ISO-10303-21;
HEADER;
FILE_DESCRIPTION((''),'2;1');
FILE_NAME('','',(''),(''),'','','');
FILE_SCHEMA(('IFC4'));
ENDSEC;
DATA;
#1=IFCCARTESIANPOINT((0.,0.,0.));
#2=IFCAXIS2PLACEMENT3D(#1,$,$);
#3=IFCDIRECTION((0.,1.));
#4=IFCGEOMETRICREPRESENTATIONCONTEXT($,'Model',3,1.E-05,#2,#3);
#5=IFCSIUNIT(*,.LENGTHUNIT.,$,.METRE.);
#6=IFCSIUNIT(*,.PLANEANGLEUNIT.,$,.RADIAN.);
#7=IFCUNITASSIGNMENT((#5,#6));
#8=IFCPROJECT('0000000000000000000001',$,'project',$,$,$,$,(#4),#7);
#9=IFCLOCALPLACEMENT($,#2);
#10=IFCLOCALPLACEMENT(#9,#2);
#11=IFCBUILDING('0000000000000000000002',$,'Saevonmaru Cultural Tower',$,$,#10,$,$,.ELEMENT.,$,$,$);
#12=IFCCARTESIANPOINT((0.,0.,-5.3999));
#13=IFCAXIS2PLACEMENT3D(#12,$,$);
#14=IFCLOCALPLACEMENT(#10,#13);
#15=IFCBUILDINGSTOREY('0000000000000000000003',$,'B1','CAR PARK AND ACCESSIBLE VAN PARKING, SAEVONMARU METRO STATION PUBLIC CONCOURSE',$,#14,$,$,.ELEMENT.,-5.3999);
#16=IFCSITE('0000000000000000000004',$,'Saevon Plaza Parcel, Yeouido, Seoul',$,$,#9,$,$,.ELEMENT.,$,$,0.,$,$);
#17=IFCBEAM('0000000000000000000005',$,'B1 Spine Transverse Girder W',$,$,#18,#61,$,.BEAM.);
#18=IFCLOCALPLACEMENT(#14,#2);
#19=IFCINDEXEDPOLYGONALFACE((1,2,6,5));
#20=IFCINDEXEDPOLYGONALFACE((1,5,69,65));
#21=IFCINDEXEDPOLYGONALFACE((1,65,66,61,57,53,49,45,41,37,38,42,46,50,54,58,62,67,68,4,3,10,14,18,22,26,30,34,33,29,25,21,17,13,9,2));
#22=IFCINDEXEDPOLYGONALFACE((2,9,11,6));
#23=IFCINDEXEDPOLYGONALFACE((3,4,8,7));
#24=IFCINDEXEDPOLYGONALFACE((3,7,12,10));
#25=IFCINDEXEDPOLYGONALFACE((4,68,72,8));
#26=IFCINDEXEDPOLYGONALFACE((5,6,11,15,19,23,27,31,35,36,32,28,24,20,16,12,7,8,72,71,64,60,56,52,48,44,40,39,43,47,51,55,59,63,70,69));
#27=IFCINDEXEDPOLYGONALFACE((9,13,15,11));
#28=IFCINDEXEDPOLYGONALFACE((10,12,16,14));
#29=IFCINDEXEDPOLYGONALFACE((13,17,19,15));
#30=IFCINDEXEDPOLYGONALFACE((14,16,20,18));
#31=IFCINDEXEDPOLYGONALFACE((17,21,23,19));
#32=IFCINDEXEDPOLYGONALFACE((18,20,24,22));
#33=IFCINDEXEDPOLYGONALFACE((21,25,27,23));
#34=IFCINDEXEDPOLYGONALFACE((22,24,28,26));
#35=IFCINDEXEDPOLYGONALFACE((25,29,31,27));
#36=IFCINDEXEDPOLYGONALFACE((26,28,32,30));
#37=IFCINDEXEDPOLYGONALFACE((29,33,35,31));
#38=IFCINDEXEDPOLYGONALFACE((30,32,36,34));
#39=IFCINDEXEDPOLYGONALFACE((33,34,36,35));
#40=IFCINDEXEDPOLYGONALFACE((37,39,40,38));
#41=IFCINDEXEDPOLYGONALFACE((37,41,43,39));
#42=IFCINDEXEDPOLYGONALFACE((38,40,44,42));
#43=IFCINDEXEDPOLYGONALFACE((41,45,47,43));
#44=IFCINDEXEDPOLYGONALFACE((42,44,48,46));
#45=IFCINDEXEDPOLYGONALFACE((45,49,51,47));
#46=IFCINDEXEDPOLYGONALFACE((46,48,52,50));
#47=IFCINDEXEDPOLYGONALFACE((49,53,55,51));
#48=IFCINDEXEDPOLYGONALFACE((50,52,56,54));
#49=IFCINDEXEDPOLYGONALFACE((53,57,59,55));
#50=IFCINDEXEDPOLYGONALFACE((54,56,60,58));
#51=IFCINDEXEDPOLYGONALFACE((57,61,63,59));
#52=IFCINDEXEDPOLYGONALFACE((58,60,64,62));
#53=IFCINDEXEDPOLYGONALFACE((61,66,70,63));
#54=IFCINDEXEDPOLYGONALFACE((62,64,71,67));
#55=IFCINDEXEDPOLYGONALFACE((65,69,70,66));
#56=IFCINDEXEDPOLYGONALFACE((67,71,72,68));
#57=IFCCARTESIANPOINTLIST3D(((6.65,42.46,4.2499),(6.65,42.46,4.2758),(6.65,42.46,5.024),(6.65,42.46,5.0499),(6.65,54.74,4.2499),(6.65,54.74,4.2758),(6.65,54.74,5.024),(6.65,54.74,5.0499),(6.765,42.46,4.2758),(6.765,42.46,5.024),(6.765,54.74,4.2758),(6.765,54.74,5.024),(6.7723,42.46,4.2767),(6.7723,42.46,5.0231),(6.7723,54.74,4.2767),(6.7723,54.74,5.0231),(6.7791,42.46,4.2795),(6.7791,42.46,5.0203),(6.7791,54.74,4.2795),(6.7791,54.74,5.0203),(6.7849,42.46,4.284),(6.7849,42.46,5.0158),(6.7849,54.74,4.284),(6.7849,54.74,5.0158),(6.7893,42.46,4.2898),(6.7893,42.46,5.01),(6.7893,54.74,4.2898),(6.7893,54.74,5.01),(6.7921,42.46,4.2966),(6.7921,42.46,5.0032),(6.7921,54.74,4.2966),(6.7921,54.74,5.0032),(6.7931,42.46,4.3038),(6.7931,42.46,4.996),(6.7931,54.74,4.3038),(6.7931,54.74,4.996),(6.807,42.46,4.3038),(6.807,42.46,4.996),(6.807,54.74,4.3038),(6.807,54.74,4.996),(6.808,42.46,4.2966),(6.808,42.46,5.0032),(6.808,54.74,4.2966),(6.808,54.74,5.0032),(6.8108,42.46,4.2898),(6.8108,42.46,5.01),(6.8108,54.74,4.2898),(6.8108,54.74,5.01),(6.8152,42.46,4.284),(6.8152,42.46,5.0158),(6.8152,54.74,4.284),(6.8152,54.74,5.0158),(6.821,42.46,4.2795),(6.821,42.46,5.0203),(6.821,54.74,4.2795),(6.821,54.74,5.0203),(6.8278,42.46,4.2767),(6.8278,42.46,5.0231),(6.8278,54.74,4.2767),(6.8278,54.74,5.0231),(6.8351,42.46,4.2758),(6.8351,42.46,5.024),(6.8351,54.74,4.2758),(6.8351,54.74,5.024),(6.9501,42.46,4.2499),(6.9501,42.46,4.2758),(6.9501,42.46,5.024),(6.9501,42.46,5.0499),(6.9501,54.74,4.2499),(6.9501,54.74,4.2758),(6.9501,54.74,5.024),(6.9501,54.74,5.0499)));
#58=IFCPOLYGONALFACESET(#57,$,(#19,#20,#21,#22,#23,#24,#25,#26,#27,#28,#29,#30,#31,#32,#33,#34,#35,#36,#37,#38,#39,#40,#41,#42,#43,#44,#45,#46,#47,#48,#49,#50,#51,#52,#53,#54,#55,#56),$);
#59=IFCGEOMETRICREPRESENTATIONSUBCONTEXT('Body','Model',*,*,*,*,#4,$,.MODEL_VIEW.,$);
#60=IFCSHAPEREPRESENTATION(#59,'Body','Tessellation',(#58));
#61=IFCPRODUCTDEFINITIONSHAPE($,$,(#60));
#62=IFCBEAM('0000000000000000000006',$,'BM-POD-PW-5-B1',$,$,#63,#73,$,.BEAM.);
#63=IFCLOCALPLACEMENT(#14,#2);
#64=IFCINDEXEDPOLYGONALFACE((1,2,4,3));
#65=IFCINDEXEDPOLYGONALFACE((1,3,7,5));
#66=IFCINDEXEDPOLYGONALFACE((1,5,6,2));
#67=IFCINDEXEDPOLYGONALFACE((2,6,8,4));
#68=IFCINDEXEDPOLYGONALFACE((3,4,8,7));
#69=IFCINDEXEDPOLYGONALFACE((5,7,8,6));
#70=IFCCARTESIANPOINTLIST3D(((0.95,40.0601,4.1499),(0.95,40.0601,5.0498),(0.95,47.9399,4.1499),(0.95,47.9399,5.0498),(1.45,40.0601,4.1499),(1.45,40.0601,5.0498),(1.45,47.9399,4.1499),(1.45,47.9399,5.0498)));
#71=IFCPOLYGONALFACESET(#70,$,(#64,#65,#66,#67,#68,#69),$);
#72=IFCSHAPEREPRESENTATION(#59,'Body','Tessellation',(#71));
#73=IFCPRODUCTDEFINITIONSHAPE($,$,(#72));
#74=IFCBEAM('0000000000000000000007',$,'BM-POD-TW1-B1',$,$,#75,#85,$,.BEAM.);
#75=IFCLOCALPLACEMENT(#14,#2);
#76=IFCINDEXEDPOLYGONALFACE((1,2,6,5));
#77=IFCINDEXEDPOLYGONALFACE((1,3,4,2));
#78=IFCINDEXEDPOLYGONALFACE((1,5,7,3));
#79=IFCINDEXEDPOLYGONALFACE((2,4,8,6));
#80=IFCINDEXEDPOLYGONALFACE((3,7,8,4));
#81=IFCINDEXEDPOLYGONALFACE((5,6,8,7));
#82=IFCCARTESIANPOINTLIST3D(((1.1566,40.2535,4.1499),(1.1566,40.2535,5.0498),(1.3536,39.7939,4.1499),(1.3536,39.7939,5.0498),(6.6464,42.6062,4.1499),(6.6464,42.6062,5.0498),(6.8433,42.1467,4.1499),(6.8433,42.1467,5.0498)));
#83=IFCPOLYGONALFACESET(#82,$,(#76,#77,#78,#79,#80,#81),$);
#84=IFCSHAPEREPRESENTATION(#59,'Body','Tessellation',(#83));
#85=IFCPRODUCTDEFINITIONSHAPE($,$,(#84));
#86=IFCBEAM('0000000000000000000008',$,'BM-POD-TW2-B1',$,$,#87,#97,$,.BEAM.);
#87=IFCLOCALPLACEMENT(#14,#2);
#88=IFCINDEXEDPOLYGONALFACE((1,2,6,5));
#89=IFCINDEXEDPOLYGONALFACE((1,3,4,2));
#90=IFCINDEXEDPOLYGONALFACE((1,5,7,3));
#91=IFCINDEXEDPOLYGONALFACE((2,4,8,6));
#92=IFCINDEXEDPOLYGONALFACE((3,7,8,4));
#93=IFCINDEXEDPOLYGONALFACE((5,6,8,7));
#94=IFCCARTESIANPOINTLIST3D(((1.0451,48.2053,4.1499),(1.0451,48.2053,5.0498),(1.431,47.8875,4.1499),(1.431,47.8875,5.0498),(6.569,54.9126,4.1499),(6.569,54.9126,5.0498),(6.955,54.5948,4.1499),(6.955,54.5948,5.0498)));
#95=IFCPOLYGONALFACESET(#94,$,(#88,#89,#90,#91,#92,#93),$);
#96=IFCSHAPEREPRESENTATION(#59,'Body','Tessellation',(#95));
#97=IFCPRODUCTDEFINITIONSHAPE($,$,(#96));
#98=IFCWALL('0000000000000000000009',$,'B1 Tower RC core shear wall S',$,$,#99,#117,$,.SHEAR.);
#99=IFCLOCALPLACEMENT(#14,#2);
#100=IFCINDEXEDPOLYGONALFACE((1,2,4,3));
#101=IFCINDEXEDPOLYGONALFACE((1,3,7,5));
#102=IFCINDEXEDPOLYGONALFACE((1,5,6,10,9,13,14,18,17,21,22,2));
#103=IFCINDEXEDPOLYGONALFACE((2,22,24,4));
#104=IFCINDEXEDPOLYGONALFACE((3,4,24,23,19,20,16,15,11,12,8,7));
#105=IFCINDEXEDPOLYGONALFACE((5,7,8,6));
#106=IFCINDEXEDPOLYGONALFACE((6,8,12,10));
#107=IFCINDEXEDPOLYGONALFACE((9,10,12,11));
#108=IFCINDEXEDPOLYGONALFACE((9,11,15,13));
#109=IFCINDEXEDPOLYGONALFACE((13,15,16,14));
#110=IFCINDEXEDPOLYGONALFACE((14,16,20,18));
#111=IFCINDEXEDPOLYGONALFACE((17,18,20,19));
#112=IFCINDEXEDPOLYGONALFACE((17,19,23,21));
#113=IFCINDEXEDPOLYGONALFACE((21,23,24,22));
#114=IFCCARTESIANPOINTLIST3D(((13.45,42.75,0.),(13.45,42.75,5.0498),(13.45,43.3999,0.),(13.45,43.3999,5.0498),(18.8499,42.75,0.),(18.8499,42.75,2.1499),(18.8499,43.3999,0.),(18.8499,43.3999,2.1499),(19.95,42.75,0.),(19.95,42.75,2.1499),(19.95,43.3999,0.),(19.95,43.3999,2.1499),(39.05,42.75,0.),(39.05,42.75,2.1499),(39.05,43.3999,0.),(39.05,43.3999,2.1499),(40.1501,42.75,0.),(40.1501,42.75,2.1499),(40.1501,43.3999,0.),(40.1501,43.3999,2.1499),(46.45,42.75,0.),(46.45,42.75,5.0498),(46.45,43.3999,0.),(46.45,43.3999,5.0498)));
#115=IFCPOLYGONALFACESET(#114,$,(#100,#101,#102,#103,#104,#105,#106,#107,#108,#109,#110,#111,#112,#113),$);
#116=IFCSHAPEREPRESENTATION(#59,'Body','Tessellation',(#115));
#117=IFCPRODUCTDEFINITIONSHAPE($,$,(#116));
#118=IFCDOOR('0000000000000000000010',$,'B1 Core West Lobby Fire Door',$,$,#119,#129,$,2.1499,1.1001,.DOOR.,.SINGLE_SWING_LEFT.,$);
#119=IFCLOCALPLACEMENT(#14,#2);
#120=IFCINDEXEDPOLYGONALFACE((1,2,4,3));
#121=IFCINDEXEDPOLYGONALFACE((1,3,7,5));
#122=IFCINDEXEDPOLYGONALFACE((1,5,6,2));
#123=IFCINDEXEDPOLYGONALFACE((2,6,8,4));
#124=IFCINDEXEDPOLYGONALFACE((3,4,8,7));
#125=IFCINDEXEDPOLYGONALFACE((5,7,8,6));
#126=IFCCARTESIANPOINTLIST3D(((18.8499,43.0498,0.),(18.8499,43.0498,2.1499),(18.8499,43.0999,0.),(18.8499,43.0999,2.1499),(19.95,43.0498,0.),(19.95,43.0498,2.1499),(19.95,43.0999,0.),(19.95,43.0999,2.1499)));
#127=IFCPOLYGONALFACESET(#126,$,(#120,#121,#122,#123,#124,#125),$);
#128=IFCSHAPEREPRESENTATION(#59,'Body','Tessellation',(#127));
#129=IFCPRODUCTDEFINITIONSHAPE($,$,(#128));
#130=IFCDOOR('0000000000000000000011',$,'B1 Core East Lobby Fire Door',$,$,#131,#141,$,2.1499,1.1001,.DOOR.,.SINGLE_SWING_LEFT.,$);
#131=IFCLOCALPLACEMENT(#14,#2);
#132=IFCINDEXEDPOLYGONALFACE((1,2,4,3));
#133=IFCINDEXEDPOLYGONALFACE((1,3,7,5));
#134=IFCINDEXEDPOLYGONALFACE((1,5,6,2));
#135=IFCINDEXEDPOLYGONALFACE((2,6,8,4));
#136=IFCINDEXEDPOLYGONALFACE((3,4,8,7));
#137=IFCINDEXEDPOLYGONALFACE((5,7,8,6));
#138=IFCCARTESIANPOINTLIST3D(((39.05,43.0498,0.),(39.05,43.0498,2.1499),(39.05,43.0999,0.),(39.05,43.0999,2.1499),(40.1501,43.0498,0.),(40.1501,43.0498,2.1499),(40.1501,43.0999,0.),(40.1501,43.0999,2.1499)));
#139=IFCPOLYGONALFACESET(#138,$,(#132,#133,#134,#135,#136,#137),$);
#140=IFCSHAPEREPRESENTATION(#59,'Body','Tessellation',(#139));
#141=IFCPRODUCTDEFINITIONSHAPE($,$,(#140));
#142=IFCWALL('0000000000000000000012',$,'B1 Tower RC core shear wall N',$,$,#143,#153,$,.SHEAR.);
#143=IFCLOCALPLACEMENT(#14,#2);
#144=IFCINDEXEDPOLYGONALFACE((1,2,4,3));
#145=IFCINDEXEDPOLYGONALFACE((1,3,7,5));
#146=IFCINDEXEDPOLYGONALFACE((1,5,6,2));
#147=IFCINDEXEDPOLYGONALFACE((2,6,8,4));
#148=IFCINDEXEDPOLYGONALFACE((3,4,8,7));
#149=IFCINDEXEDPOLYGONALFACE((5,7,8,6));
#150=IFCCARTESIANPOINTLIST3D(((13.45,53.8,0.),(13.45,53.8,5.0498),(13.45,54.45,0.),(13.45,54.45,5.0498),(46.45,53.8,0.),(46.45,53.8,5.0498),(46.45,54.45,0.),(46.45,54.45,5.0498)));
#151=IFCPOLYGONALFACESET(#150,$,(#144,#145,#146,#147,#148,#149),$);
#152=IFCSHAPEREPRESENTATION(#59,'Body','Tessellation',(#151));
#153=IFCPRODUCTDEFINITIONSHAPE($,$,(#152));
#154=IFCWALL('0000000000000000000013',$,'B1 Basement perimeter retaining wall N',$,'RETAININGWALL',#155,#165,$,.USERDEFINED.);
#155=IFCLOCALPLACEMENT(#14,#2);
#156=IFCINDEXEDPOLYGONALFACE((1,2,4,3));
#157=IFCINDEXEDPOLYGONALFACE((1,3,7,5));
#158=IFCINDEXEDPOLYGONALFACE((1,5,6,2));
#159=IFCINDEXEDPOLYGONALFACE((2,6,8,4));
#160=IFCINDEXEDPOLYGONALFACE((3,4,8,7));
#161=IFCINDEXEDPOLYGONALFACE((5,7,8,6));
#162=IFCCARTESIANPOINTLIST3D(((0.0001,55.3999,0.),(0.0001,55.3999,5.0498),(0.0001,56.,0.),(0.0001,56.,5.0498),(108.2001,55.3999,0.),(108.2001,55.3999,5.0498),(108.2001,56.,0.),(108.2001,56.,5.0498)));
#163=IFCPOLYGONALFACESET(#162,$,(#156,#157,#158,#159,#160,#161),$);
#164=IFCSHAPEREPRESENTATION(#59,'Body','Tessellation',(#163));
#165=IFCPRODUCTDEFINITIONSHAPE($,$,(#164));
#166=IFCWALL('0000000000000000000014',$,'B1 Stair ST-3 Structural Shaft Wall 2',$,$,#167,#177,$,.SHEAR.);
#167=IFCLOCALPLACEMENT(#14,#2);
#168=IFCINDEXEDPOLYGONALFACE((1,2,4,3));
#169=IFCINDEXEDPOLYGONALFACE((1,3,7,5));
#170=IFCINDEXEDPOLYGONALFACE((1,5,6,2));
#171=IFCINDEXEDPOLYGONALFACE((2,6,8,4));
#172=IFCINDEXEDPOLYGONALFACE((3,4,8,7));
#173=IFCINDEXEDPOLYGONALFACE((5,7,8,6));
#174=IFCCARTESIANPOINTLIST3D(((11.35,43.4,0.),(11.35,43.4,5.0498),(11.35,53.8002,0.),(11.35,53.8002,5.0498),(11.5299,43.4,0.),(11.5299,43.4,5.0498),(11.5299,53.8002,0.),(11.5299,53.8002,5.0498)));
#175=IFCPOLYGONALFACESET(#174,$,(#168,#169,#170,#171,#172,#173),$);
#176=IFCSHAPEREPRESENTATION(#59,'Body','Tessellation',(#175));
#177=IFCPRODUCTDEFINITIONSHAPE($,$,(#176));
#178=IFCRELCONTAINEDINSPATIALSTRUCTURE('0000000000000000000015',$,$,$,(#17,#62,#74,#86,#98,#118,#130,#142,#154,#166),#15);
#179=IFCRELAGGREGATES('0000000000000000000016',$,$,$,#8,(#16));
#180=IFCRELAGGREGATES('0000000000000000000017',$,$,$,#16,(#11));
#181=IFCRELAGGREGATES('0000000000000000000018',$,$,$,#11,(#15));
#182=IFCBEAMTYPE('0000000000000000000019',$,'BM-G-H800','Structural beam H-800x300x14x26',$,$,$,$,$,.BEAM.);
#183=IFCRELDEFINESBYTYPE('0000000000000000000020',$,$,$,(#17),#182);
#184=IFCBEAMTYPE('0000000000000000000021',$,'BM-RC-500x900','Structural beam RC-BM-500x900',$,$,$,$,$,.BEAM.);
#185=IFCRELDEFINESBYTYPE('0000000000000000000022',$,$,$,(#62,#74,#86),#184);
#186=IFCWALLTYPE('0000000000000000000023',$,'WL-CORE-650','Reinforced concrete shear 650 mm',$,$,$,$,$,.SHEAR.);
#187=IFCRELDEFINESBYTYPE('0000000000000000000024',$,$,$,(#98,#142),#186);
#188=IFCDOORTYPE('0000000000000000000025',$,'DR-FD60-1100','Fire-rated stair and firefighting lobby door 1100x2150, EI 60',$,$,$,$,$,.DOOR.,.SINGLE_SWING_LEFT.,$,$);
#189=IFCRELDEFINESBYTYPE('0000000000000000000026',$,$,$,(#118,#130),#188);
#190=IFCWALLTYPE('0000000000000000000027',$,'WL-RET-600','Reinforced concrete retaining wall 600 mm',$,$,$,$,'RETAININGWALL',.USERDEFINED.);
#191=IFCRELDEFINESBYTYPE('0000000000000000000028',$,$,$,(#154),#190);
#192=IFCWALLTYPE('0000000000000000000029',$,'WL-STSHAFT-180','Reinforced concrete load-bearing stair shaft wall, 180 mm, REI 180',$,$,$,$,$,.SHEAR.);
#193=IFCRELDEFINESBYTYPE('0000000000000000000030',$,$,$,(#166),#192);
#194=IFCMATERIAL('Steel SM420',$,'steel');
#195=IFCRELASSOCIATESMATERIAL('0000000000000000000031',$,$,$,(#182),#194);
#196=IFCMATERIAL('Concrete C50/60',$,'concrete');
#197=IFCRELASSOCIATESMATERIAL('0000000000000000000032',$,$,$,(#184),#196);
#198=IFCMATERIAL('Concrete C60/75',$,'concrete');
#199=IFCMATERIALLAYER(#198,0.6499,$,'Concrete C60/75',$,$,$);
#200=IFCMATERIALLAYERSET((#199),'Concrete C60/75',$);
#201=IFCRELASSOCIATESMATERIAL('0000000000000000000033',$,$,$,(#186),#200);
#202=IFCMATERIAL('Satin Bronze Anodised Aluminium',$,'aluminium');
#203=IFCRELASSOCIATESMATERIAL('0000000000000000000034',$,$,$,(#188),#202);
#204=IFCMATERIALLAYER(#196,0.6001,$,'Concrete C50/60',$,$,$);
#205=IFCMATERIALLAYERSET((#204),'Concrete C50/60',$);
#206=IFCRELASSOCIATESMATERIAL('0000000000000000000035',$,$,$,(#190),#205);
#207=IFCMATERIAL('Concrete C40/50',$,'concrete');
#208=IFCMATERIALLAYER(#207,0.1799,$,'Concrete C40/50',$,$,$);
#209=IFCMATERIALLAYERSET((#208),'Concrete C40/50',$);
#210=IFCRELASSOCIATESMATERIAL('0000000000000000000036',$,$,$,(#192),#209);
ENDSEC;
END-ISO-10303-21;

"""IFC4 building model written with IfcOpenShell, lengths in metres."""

from ifc_helpers import new_model, si_unit, direction, frame, frame_2d, origin, origin_2d, place, context, subcontext, project, spatial, rectangle, i_section, extrude, material, layer, layer_set, material_profile, profile_set, type_object, element, fill, save


model = new_model("IFC4")

# Units and contexts
model_context = context("Model", 3, precision=1e-05, world=origin(), true_north=direction((0.0, 1.0)))
body_context = subcontext(model_context, "Body", "Model", "MODEL_VIEW")
ifc_project = project(units=[si_unit("LENGTHUNIT", "METRE"), si_unit("PLANEANGLEUNIT", "RADIAN")], contexts=[model_context])

# Site, building, storey
site_placement = place(None, origin())
site = spatial("IfcSite", under=ifc_project, at=site_placement, Name="Saevon Plaza Parcel, Yeouido, Seoul", CompositionType="ELEMENT", RefElevation=0.0)
building_placement = place(site_placement, origin())
building = spatial("IfcBuilding", under=site, at=building_placement, Name="Saevonmaru Cultural Tower", CompositionType="ELEMENT")
storey_placement = place(building_placement, frame((0.0, 0.0, -5.3999)))
storey = spatial("IfcBuildingStorey", under=building, at=storey_placement, Name="B1", Description="CAR PARK AND ACCESSIBLE VAN PARKING, SAEVONMARU METRO STATION PUBLIC CONCOURSE", CompositionType="ELEMENT", Elevation=-5.3999)

# Shared definitions
ifc_material_1 = material(Name="Concrete C60/75", Category="concrete")
ifc_material_2 = material(Name="Concrete C50/60", Category="concrete")

# Beams
ifc_material_3 = material(Name="Steel SM420", Category="steel")
ifc_material_profile_1 = material_profile(ifc_material_3, i_section(OverallWidth=0.3, OverallDepth=0.8, WebThickness=0.0139, FlangeThickness=0.0259, FilletRadius=0.0281, at=origin_2d()), Name="H-800x300x14x26")
ifc_profile_set_1 = profile_set([ifc_material_profile_1], Name="Steel SM420")
beam_type_1 = type_object("IfcBeamType", Name="BM-G-H800", Description="Structural beam H-800x300x14x26", PredefinedType="BEAM", material=ifc_profile_set_1)
beam_1_placement = place(storey_placement, frame((6.8, 54.74, 4.6499), z_axis=(0.0, -1.0, 0.0), x_axis=(1.0, 0.0, 0.0)))
element("IfcBeam", 1, at=beam_1_placement, inside=storey, type_object=beam_type_1, Name="B1 Spine Transverse Girder W", PredefinedType="BEAM", context=body_context, shape_type="SweptSolid", body=[
    extrude(i_section(OverallWidth=0.3, OverallDepth=0.8, WebThickness=0.0139, FlangeThickness=0.0259, FilletRadius=0.0281, at=origin_2d()), origin(), (0.0, 0.0, 1.0), 12.28),
])
ifc_material_profile_2 = material_profile(ifc_material_2, rectangle(XDim=0.5, YDim=0.8999, at=origin_2d()), Name="RC-BM-500x900")
ifc_profile_set_2 = profile_set([ifc_material_profile_2], Name="Concrete C50/60")
beam_type_2 = type_object("IfcBeamType", Name="BM-RC-500x900", Description="Structural beam RC-BM-500x900", PredefinedType="BEAM", material=ifc_profile_set_2)
beam_2_placement = place(storey_placement, frame((1.2, 40.0601, 4.5999), z_axis=(0.0, 1.0, 0.0), x_axis=(-1.0, 0.0, 0.0)))
element("IfcBeam", 2, at=beam_2_placement, inside=storey, type_object=beam_type_2, Name="BM-POD-PW-5-B1", PredefinedType="BEAM", context=body_context, shape_type="SweptSolid", body=[
    extrude(rectangle(XDim=0.5, YDim=0.8999, at=origin_2d()), origin(), (0.0, 0.0, 1.0), 7.8799),
])
beam_3_placement = place(storey_placement, frame((1.2551, 40.0237, 4.5999), z_axis=(0.919143, 0.393924, 0.0), x_axis=(-0.393924, 0.919143, 0.0)))
element("IfcBeam", 3, at=beam_3_placement, inside=storey, type_object=beam_type_2, Name="BM-POD-TW1-B1", PredefinedType="BEAM", context=body_context, shape_type="SweptSolid", body=[
    extrude(rectangle(XDim=0.5, YDim=0.8999, at=origin_2d()), origin(), (0.0, 0.0, 1.0), 5.9727),
])
beam_4_placement = place(storey_placement, frame((1.238, 48.0464, 4.5999), z_axis=(0.635727, 0.771914, 0.0), x_axis=(-0.771914, 0.635727, 0.0)))
element("IfcBeam", 4, at=beam_4_placement, inside=storey, type_object=beam_type_2, Name="BM-POD-TW2-B1", PredefinedType="BEAM", context=body_context, shape_type="SweptSolid", body=[
    extrude(rectangle(XDim=0.5, YDim=0.8999, at=origin_2d()), origin(), (0.0, 0.0, 1.0), 8.6892),
])

# Wall, openings, doors
ifc_layer_1 = layer(ifc_material_1, 0.6499, Name="Concrete C60/75")
ifc_layer_set_1 = layer_set([ifc_layer_1], Name="Concrete C60/75")
wall_type_1 = type_object("IfcWallType", Name="WL-CORE-650", Description="Reinforced concrete shear 650 mm", PredefinedType="SHEAR", material=ifc_layer_set_1)
wall_1_placement = place(storey_placement, frame((13.45, 43.075, 0.0), z_axis=(0.0, 0.0, 1.0), x_axis=(1.0, 0.0, 0.0)))
wall_1 = element("IfcWall", 5, at=wall_1_placement, inside=storey, type_object=wall_type_1, Name="B1 Tower RC core shear wall S", PredefinedType="SHEAR", context=body_context, shape_type="SweptSolid", body=[
    extrude(rectangle(XDim=33.0, YDim=0.6499, at=frame_2d((16.5, 0.0))), origin(), (0.0, 0.0, 1.0), 5.0498),
])
opening_1_placement = place(wall_1_placement, frame((5.3999, 0.0, 0.0)))
opening_1 = element("IfcOpeningElement", 6, at=opening_1_placement, cuts=wall_1, PredefinedType="OPENING", context=body_context, shape_type="SweptSolid", body=[
    extrude(rectangle(XDim=1.1001, YDim=2.1499, at=frame_2d((0.55, 1.075))), frame((0.0, 0.335, 0.0), z_axis=(0.0, -1.0, 0.0), x_axis=(1.0, 0.0, 0.0)), (0.0, 0.0, 1.0), 0.6699),
])
opening_2_placement = place(wall_1_placement, frame((25.6001, 0.0, 0.0)))
opening_2 = element("IfcOpeningElement", 7, at=opening_2_placement, cuts=wall_1, PredefinedType="OPENING", context=body_context, shape_type="SweptSolid", body=[
    extrude(rectangle(XDim=1.1001, YDim=2.1499, at=frame_2d((0.55, 1.075))), frame((0.0, 0.335, 0.0), z_axis=(0.0, -1.0, 0.0), x_axis=(1.0, 0.0, 0.0)), (0.0, 0.0, 1.0), 0.6699),
])
ifc_material_4 = material(Name="Satin Bronze Anodised Aluminium", Category="aluminium")
door_type = type_object("IfcDoorType", Name="DR-FD60-1100", Description="Fire-rated stair and firefighting lobby door 1100x2150, EI 60", OperationType="SINGLE_SWING_LEFT", PredefinedType="DOOR", material=ifc_material_4)
door_1_placement = place(opening_1_placement, origin())
door_1 = element("IfcDoor", 8, at=door_1_placement, inside=storey, type_object=door_type, Name="B1 Core West Lobby Fire Door", OperationType="SINGLE_SWING_LEFT", OverallHeight=2.1499, OverallWidth=1.1001, PredefinedType="DOOR", context=body_context, shape_type="SweptSolid", body=[
    extrude(rectangle(XDim=1.1001, YDim=2.1499, at=frame_2d((0.55, 1.075))), frame((0.0, 0.0249, 0.0), z_axis=(0.0, -1.0, 0.0), x_axis=(1.0, 0.0, 0.0)), (0.0, 0.0, 1.0), 0.05),
])
fill(opening_1, door_1)
door_2_placement = place(opening_2_placement, origin())
door_2 = element("IfcDoor", 9, at=door_2_placement, inside=storey, type_object=door_type, Name="B1 Core East Lobby Fire Door", OperationType="SINGLE_SWING_LEFT", OverallHeight=2.1499, OverallWidth=1.1001, PredefinedType="DOOR", context=body_context, shape_type="SweptSolid", body=[
    extrude(rectangle(XDim=1.1001, YDim=2.1499, at=frame_2d((0.55, 1.075))), frame((0.0, 0.0249, 0.0), z_axis=(0.0, -1.0, 0.0), x_axis=(1.0, 0.0, 0.0)), (0.0, 0.0, 1.0), 0.05),
])
fill(opening_2, door_2)

# Walls
wall_2_placement = place(storey_placement, frame((13.45, 54.125, 0.0), z_axis=(0.0, 0.0, 1.0), x_axis=(1.0, 0.0, 0.0)))
element("IfcWall", 10, at=wall_2_placement, inside=storey, type_object=wall_type_1, Name="B1 Tower RC core shear wall N", PredefinedType="SHEAR", context=body_context, shape_type="SweptSolid", body=[
    extrude(rectangle(XDim=33.0, YDim=0.6499, at=frame_2d((16.5, 0.0))), origin(), (0.0, 0.0, 1.0), 5.0498),
])
ifc_layer_2 = layer(ifc_material_2, 0.6001, Name="Concrete C50/60")
ifc_layer_set_2 = layer_set([ifc_layer_2], Name="Concrete C50/60")
wall_type_2 = type_object("IfcWallType", Name="WL-RET-600", Description="Reinforced concrete retaining wall 600 mm", ElementType="RETAININGWALL", PredefinedType="USERDEFINED", material=ifc_layer_set_2)
wall_3_placement = place(storey_placement, frame((0.0, 55.7, 0.0), z_axis=(0.0, 0.0, 1.0), x_axis=(1.0, 0.0, 0.0)))
element("IfcWall", 11, at=wall_3_placement, inside=storey, type_object=wall_type_2, Name="B1 Basement perimeter retaining wall N", ObjectType="RETAININGWALL", PredefinedType="USERDEFINED", context=body_context, shape_type="SweptSolid", body=[
    extrude(rectangle(XDim=108.2, YDim=0.6001, at=frame_2d((54.1001, 0.0))), origin(), (0.0, 0.0, 1.0), 5.0498),
])

# Shared definitions
ifc_material_5 = material(Name="Concrete C40/50", Category="concrete")
ifc_layer_3 = layer(ifc_material_5, 0.1799, Name="Concrete C40/50")
ifc_layer_set_3 = layer_set([ifc_layer_3], Name="Concrete C40/50")
wall_type_3 = type_object("IfcWallType", Name="WL-STSHAFT-180", Description="Reinforced concrete load-bearing stair shaft wall, 180 mm, REI 180", PredefinedType="SHEAR", material=ifc_layer_set_3)

# Wall
wall_4_placement = place(storey_placement, frame((11.4399, 43.3999, 0.0), z_axis=(0.0, 0.0, 1.0), x_axis=(0.0, 1.0, 0.0)))
element("IfcWall", 12, at=wall_4_placement, inside=storey, type_object=wall_type_3, Name="B1 Stair ST-3 Structural Shaft Wall 2", PredefinedType="SHEAR", context=body_context, shape_type="SweptSolid", body=[
    extrude(rectangle(XDim=10.4001, YDim=0.1799, at=frame_2d((5.2002, 0.0))), origin(), (0.0, 0.0, 1.0), 5.0498),
])

save(model, "model.ifc")
